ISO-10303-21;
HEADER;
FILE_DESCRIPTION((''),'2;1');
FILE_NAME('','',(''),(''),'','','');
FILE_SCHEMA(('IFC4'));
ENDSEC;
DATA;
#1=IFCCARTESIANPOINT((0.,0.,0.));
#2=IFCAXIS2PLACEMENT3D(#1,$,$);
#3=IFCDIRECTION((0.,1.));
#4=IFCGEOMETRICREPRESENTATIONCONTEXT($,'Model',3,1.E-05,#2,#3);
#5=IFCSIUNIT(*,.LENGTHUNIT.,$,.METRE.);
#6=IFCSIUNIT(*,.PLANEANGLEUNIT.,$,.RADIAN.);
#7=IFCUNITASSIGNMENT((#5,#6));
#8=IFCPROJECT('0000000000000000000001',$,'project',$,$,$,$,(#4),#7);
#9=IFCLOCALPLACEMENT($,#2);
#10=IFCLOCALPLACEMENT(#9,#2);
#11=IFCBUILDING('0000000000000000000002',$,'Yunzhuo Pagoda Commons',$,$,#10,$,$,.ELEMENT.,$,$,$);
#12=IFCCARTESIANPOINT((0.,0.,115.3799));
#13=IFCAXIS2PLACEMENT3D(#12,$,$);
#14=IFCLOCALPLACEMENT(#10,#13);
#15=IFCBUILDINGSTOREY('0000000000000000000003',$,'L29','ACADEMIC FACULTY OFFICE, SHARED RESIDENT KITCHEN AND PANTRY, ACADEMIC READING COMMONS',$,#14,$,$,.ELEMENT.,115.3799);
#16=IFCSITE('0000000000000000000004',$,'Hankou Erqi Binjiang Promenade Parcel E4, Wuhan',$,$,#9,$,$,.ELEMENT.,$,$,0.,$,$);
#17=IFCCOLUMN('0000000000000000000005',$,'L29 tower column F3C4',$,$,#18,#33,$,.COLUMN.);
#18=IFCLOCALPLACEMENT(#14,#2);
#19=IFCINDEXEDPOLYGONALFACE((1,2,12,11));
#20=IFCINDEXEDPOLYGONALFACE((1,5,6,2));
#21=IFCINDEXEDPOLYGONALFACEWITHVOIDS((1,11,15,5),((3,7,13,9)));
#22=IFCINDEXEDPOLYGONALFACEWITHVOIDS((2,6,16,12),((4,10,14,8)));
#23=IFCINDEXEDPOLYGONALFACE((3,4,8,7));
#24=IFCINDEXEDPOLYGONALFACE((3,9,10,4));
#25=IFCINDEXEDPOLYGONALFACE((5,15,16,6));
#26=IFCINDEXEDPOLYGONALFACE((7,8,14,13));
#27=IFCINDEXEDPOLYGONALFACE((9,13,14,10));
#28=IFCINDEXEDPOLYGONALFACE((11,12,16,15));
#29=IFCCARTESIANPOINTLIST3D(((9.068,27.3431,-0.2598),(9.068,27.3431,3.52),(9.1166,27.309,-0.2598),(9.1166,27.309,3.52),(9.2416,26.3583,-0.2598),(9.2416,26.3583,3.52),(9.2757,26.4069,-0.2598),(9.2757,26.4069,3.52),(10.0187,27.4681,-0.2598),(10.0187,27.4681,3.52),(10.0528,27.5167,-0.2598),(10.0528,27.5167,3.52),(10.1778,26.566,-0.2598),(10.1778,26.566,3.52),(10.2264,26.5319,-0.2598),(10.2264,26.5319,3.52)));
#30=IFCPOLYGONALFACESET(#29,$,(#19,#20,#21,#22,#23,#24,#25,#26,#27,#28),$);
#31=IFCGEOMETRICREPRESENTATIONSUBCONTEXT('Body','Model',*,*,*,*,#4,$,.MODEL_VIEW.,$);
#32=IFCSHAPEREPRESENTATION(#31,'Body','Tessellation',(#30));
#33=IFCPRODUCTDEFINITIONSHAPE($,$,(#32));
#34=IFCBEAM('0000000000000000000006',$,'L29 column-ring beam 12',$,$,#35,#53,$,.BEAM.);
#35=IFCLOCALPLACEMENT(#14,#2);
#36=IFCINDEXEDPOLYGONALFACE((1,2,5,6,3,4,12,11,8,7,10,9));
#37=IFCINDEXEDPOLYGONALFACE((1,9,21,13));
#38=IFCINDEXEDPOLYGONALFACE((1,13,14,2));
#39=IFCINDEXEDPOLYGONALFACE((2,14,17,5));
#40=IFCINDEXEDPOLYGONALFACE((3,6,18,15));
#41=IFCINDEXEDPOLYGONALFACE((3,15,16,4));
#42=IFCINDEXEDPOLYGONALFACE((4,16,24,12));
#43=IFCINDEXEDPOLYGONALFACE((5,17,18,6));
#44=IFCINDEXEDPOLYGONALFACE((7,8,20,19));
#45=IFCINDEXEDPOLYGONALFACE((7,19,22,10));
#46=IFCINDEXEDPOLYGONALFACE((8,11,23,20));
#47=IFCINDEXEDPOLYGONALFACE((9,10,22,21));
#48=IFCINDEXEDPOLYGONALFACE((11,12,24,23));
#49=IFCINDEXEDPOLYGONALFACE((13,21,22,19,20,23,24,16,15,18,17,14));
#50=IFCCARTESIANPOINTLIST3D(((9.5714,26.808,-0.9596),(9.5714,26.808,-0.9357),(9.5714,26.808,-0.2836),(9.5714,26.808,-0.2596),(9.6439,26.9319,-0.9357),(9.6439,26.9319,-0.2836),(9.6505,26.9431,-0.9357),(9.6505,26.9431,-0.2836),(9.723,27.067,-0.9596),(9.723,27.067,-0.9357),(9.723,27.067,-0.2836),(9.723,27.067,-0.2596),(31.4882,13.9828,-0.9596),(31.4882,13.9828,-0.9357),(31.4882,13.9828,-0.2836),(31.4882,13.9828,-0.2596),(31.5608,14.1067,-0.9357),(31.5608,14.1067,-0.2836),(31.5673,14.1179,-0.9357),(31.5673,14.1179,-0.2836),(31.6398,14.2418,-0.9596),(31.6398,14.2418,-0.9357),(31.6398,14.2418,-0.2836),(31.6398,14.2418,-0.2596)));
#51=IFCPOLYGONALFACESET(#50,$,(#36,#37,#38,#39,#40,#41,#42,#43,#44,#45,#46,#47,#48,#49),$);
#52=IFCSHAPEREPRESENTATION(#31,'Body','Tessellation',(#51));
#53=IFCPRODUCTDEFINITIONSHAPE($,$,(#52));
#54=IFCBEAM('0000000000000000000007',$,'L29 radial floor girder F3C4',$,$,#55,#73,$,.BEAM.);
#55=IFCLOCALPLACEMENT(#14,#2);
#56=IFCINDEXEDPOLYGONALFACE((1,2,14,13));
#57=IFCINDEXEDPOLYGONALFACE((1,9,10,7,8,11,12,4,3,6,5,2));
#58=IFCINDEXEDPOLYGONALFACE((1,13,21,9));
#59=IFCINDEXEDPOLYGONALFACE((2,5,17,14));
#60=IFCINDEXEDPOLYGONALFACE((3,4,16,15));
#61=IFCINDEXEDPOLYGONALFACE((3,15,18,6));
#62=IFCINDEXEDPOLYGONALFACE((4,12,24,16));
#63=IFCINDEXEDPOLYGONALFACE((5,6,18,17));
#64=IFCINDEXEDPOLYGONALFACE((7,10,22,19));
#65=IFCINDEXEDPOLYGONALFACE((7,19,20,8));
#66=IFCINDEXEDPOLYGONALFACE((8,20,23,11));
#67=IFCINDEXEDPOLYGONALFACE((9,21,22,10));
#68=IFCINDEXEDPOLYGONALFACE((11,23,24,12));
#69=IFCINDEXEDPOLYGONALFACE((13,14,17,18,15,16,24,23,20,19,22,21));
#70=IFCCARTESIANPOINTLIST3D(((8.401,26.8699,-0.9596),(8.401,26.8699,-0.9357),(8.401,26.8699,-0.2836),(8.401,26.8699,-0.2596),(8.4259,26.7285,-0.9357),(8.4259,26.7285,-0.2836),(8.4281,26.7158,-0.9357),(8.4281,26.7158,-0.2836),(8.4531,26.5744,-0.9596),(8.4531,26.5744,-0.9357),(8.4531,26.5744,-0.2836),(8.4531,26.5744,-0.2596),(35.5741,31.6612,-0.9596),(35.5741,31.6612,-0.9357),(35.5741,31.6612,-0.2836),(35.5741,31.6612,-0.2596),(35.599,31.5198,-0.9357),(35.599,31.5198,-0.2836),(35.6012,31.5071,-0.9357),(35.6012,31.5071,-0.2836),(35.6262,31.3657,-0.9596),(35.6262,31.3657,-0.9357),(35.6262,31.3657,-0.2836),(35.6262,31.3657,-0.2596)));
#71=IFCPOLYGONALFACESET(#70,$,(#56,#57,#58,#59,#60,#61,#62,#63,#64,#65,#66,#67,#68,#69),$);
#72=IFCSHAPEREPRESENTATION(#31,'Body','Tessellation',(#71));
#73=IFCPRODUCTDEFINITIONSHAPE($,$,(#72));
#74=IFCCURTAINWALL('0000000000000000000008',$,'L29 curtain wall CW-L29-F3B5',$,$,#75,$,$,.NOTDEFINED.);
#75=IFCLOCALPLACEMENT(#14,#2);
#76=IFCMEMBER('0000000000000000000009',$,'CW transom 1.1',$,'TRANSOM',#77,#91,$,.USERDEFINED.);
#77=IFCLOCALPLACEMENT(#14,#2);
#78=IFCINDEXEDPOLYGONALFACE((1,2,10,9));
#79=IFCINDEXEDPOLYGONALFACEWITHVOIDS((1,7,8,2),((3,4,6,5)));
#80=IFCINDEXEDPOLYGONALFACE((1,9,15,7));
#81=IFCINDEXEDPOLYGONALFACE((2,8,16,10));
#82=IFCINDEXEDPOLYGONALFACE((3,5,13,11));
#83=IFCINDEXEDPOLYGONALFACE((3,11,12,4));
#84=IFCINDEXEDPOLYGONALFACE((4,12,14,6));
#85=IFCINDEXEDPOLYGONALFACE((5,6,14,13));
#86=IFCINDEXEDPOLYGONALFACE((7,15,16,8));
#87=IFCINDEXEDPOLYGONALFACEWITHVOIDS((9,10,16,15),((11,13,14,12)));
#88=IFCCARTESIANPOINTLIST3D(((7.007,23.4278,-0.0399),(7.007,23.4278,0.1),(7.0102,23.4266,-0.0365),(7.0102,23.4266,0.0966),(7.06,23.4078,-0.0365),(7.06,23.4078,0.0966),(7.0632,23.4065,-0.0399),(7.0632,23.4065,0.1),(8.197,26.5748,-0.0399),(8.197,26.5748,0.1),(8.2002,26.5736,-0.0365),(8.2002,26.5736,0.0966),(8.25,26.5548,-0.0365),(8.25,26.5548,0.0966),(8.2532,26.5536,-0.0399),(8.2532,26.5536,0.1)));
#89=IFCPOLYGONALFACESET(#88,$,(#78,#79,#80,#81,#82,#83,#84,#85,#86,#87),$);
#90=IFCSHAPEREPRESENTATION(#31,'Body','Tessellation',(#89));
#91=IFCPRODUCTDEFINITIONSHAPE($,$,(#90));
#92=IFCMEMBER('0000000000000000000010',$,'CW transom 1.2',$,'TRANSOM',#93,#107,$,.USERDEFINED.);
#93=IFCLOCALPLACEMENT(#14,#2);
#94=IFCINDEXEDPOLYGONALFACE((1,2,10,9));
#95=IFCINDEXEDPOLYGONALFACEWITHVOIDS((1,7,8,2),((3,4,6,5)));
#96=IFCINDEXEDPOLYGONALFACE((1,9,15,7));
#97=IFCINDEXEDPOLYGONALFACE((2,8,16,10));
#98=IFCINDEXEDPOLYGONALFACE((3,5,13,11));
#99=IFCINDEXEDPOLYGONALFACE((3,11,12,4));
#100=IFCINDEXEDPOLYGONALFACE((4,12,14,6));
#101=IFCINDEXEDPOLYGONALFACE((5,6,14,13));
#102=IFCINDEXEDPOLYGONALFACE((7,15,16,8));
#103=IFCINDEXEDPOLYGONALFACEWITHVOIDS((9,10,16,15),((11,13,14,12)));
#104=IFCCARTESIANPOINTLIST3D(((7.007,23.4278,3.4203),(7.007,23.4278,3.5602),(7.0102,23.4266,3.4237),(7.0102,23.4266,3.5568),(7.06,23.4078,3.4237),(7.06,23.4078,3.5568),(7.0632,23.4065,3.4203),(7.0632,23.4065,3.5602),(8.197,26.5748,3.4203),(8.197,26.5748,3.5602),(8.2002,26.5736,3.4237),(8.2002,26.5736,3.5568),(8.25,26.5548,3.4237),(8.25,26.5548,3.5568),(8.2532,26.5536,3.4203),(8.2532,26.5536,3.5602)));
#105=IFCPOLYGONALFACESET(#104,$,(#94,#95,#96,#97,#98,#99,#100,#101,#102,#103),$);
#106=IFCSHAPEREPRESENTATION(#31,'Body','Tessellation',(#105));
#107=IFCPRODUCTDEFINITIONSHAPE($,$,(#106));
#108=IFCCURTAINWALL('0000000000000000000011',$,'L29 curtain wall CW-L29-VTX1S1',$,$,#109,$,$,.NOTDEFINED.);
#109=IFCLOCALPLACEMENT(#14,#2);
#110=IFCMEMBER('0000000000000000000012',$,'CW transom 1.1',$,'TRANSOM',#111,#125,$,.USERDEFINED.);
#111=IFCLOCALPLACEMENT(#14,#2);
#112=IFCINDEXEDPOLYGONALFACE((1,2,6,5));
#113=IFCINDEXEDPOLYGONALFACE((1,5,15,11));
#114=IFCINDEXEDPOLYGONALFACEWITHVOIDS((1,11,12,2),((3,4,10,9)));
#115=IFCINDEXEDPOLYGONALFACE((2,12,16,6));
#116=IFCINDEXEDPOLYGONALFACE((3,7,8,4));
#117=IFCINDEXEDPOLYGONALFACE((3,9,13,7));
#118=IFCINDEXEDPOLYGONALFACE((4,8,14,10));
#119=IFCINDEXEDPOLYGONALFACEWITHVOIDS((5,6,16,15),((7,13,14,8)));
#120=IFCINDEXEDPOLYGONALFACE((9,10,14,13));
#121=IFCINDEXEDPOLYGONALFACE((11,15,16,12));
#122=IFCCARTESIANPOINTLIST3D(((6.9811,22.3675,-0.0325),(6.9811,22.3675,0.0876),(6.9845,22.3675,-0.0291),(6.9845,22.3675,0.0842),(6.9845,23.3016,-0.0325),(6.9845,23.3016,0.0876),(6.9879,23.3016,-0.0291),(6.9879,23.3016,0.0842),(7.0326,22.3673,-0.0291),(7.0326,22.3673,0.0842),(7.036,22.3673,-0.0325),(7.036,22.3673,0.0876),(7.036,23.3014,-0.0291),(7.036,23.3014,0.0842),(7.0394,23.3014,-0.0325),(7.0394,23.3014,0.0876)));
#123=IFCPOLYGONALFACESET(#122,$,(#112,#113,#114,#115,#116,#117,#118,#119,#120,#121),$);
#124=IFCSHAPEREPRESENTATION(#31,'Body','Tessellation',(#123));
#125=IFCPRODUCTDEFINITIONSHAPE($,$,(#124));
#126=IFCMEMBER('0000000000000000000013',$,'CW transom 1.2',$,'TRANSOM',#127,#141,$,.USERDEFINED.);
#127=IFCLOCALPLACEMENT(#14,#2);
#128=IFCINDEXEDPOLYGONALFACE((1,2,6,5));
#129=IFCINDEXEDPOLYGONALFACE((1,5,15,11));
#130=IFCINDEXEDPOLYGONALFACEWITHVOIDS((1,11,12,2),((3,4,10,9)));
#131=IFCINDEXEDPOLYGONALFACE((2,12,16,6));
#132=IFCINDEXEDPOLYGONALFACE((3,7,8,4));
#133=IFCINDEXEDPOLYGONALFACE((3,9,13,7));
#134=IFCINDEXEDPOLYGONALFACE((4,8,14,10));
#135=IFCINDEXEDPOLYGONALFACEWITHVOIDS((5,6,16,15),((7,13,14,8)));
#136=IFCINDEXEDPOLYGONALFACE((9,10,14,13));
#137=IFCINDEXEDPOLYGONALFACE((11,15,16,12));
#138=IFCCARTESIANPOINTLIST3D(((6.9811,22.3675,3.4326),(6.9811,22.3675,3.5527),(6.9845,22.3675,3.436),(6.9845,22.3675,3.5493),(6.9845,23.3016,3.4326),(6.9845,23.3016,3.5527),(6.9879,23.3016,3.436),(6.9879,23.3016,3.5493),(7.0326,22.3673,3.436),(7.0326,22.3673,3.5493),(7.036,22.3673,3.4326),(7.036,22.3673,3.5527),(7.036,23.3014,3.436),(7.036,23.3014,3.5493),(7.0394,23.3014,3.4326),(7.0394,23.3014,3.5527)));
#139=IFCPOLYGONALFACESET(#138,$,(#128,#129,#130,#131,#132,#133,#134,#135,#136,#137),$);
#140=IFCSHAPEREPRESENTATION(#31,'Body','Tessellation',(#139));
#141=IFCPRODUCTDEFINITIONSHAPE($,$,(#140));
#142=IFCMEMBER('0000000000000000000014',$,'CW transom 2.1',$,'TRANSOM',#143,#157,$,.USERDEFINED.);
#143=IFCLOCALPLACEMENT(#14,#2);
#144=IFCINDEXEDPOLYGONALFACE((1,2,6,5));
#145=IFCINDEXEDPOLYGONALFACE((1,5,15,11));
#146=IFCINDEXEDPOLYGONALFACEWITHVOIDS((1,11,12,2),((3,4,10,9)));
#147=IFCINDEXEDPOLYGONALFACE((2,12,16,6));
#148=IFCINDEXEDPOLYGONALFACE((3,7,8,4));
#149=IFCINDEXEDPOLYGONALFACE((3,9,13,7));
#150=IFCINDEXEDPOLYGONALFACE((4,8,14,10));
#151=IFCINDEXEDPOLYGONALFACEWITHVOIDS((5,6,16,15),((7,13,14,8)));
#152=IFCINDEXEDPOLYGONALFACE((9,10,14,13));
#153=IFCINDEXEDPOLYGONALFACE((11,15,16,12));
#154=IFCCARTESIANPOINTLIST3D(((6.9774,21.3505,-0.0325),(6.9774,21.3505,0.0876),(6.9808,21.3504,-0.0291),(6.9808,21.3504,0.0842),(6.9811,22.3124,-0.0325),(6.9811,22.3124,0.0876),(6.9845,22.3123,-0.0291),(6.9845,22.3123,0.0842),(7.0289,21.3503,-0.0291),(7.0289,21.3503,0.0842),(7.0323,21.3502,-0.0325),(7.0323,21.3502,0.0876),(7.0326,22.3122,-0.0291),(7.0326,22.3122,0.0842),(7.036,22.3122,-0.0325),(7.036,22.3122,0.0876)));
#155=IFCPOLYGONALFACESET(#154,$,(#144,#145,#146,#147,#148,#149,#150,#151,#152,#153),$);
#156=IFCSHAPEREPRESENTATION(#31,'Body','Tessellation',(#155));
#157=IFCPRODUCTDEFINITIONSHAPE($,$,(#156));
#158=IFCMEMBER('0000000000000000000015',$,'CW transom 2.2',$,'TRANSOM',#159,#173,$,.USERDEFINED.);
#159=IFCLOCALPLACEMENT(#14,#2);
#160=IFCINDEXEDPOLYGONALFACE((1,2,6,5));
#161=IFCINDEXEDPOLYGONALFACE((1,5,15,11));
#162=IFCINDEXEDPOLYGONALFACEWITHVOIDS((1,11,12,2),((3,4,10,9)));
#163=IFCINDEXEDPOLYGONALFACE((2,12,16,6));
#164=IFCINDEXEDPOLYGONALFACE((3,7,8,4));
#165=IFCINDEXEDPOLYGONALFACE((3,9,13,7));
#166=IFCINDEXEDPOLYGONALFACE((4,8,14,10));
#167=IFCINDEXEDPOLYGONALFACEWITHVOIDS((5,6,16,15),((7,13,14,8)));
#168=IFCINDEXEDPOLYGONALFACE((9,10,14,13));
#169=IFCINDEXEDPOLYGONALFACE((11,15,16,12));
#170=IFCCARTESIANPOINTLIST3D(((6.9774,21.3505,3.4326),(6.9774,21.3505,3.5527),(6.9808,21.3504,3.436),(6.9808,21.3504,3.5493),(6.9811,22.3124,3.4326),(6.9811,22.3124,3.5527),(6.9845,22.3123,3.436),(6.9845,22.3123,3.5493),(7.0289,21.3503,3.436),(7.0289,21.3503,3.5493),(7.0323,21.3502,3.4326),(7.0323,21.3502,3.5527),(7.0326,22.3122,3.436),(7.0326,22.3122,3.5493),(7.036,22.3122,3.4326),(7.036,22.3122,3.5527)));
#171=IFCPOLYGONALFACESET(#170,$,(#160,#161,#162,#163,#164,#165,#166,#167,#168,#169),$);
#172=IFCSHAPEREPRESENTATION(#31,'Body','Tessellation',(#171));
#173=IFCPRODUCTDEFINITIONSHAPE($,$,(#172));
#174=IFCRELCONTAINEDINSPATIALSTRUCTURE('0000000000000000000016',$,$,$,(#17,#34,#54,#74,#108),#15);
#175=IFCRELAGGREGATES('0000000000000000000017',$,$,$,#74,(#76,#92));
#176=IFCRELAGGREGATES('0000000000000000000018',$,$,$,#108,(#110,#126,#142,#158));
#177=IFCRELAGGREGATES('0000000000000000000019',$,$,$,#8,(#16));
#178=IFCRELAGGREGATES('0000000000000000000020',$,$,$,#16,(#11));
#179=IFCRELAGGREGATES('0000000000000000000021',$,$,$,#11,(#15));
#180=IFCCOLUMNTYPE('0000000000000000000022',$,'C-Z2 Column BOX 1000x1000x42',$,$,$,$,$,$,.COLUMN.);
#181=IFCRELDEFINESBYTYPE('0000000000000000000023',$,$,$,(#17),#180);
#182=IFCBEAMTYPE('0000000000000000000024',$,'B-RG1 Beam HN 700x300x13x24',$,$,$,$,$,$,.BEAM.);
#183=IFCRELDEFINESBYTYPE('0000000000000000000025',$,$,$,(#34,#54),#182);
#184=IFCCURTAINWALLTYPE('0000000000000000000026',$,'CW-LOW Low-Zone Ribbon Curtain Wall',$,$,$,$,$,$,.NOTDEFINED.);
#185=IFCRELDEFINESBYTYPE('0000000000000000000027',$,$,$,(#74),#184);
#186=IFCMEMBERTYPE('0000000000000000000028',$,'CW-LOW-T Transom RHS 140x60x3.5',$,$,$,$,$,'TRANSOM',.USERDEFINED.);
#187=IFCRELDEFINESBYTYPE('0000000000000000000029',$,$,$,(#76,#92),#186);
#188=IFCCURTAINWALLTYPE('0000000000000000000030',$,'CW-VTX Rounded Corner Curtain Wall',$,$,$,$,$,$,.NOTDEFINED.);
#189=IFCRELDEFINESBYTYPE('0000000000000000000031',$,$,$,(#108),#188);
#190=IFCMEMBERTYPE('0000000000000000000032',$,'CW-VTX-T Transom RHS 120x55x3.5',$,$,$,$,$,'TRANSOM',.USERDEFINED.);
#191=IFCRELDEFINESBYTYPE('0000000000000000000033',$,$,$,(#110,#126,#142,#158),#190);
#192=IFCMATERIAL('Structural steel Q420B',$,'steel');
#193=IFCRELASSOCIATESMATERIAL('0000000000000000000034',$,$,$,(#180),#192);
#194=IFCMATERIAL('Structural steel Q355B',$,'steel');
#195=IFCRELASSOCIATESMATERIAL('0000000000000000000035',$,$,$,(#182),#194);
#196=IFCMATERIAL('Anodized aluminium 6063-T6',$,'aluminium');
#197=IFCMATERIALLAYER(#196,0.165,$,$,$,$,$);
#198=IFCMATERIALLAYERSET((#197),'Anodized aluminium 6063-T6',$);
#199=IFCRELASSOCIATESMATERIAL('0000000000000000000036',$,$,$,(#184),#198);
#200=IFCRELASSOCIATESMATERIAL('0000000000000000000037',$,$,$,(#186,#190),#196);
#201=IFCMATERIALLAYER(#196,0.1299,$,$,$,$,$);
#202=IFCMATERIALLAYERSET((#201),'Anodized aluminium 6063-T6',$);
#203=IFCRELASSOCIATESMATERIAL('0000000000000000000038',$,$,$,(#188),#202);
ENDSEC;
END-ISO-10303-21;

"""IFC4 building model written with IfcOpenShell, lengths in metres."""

from ifc_helpers import new_model, si_unit, direction, frame, origin, origin_2d, place, context, subcontext, project, spatial, hollow_rectangle, i_section, extrude, source, transform, mapped, material, layer, layer_set, material_profile, profile_set, type_object, element, aggregate, save


model = new_model("IFC4")

# Units and contexts
model_context = context("Model", 3, precision=1e-05, world=origin(), true_north=direction((0.0, 1.0)))
body_context = subcontext(model_context, "Body", "Model", "MODEL_VIEW")
ifc_project = project(units=[si_unit("LENGTHUNIT", "METRE"), si_unit("PLANEANGLEUNIT", "RADIAN")], contexts=[model_context])

# Site, building, storey
site_placement = place(None, origin())
site = spatial("IfcSite", under=ifc_project, at=site_placement, Name="Hankou Erqi Binjiang Promenade Parcel E4, Wuhan", CompositionType="ELEMENT", RefElevation=0.0)
building_placement = place(site_placement, origin())
building = spatial("IfcBuilding", under=site, at=building_placement, Name="Yunzhuo Pagoda Commons", CompositionType="ELEMENT")
storey_placement = place(building_placement, frame((0.0, 0.0, 115.3799)))
storey = spatial("IfcBuildingStorey", under=building, at=storey_placement, Name="L29", Description="ACADEMIC FACULTY OFFICE, SHARED RESIDENT KITCHEN AND PANTRY, ACADEMIC READING COMMONS", CompositionType="ELEMENT", Elevation=115.3799)

# Column
ifc_material_1 = material(Name="Structural steel Q420B", Category="steel")
ifc_material_profile_1 = material_profile(ifc_material_1, hollow_rectangle(XDim=1.0, YDim=1.0, WallThickness=0.042, at=origin_2d()), Name="Structural steel Q420B")
ifc_profile_set_1 = profile_set([ifc_material_profile_1], Name="Structural steel Q420B")
column_type = type_object("IfcColumnType", Name="C-Z2 Column BOX 1000x1000x42", PredefinedType="COLUMN", material=ifc_profile_set_1)
shared_shape_1 = source(origin(), body_context, "Body", "SweptSolid", [
    extrude(hollow_rectangle(XDim=1.0, YDim=1.0, WallThickness=0.042, at=origin_2d()), origin(), (0.0, 0.0, 1.0), 3.7798),
])
column_placement = place(storey_placement, frame((9.6472, 26.9375, -0.2598), z_axis=(0.0, 0.0, 1.0), x_axis=(0.173648, -0.984808, 0.0)))
element("IfcColumn", 1, at=column_placement, inside=storey, type_object=column_type, Name="L29 tower column F3C4", PredefinedType="COLUMN", context=body_context, shape_type="MappedRepresentation", body=[
    mapped(shared_shape_1, transform((0.0, 0.0, 0.0), scale=1.0)),
])

# Beams
ifc_material_2 = material(Name="Structural steel Q355B", Category="steel")
ifc_material_profile_2 = material_profile(ifc_material_2, i_section(OverallWidth=0.3, OverallDepth=0.7, WebThickness=0.0129, FlangeThickness=0.0239, at=origin_2d()), Name="Structural steel Q355B")
ifc_profile_set_2 = profile_set([ifc_material_profile_2], Name="Structural steel Q355B")
beam_type = type_object("IfcBeamType", Name="B-RG1 Beam HN 700x300x13x24", PredefinedType="BEAM", material=ifc_profile_set_2)
shared_shape_2 = source(origin(), body_context, "Body", "SweptSolid", [
    extrude(i_section(OverallWidth=0.3, OverallDepth=0.7, WebThickness=0.0129, FlangeThickness=0.0239, at=origin_2d()), origin(), (0.0, 0.0, 1.0), 25.3936),
])
beam_1_placement = place(storey_placement, frame((9.6472, 26.9375, -0.6096), z_axis=(0.863085, -0.505058, 0.0), x_axis=(0.505058, 0.863085, 0.0)))
element("IfcBeam", 2, at=beam_1_placement, inside=storey, type_object=beam_type, Name="L29 column-ring beam 12", PredefinedType="BEAM", context=body_context, shape_type="MappedRepresentation", body=[
    mapped(shared_shape_2, transform((0.0, 0.0, 0.0), scale=1.0)),
])
shared_shape_3 = source(origin(), body_context, "Body", "SweptSolid", [
    extrude(i_section(OverallWidth=0.3, OverallDepth=0.7, WebThickness=0.0129, FlangeThickness=0.0239, at=origin_2d()), origin(), (0.0, 0.0, 1.0), 27.5923),
])
beam_2_placement = place(storey_placement, frame((8.427, 26.7222, -0.6096), z_axis=(0.984808, 0.173645, 0.0), x_axis=(-0.173645, 0.984808, 0.0)))
element("IfcBeam", 3, at=beam_2_placement, inside=storey, type_object=beam_type, Name="L29 radial floor girder F3C4", PredefinedType="BEAM", context=body_context, shape_type="MappedRepresentation", body=[
    mapped(shared_shape_3, transform((0.0, 0.0, 0.0), scale=1.0)),
])

# Curtain walls, members
ifc_material_3 = material(Name="Anodized aluminium 6063-T6", Category="aluminium")
ifc_layer_1 = layer(ifc_material_3, 0.165)
ifc_layer_set_1 = layer_set([ifc_layer_1], Name="Anodized aluminium 6063-T6")
curtain_wall_type_1 = type_object("IfcCurtainWallType", Name="CW-LOW Low-Zone Ribbon Curtain Wall", PredefinedType="NOTDEFINED", material=ifc_layer_set_1)
curtain_wall_1_placement = place(storey_placement, origin())
curtain_wall_1 = element("IfcCurtainWall", 4, at=curtain_wall_1_placement, inside=storey, type_object=curtain_wall_type_1, Name="L29 curtain wall CW-L29-F3B5", PredefinedType="NOTDEFINED")
ifc_material_profile_3 = material_profile(ifc_material_3, hollow_rectangle(XDim=0.0601, YDim=0.1399, WallThickness=0.0034, at=origin_2d()), Name="Anodized aluminium 6063-T6")
ifc_profile_set_3 = profile_set([ifc_material_profile_3], Name="Anodized aluminium 6063-T6")
member_type_1 = type_object("IfcMemberType", Name="CW-LOW-T Transom RHS 140x60x3.5", ElementType="TRANSOM", PredefinedType="USERDEFINED", material=ifc_profile_set_3)
shared_shape_4 = source(origin(), body_context, "Body", "SweptSolid", [
    extrude(hollow_rectangle(XDim=0.0601, YDim=0.1399, WallThickness=0.0034, at=origin_2d()), origin(), (0.0, 0.0, 1.0), 3.3645),
])
member_1_placement = place(storey_placement, frame((8.2251, 26.5642, 0.03), z_axis=(-0.353683, -0.935365, 0.0), x_axis=(0.935365, -0.353683, 0.0)))
member_1 = element("IfcMember", 5, at=member_1_placement, type_object=member_type_1, Name="CW transom 1.1", ObjectType="TRANSOM", PredefinedType="USERDEFINED", context=body_context, shape_type="MappedRepresentation", body=[
    mapped(shared_shape_4, transform((0.0, 0.0, 0.0), scale=1.0)),
])
member_2_placement = place(storey_placement, frame((8.2251, 26.5642, 3.4902), z_axis=(-0.353683, -0.935365, 0.0), x_axis=(0.935365, -0.353683, 0.0)))
member_2 = element("IfcMember", 6, at=member_2_placement, type_object=member_type_1, Name="CW transom 1.2", ObjectType="TRANSOM", PredefinedType="USERDEFINED", context=body_context, shape_type="MappedRepresentation", body=[
    mapped(shared_shape_4, transform((0.0, 0.0, 0.0), scale=1.0)),
])
ifc_layer_2 = layer(ifc_material_3, 0.1299)
ifc_layer_set_2 = layer_set([ifc_layer_2], Name="Anodized aluminium 6063-T6")
curtain_wall_type_2 = type_object("IfcCurtainWallType", Name="CW-VTX Rounded Corner Curtain Wall", PredefinedType="NOTDEFINED", material=ifc_layer_set_2)
curtain_wall_2_placement = place(storey_placement, origin())
curtain_wall_2 = element("IfcCurtainWall", 7, at=curtain_wall_2_placement, inside=storey, type_object=curtain_wall_type_2, Name="L29 curtain wall CW-L29-VTX1S1", PredefinedType="NOTDEFINED")
ifc_material_profile_4 = material_profile(ifc_material_3, hollow_rectangle(XDim=0.0549, YDim=0.1201, WallThickness=0.0034, at=origin_2d()), Name="Anodized aluminium 6063-T6")
ifc_profile_set_4 = profile_set([ifc_material_profile_4], Name="Anodized aluminium 6063-T6")
member_type_2 = type_object("IfcMemberType", Name="CW-VTX-T Transom RHS 120x55x3.5", ElementType="TRANSOM", PredefinedType="USERDEFINED", material=ifc_profile_set_4)
shared_shape_5 = source(origin(), body_context, "Body", "SweptSolid", [
    extrude(hollow_rectangle(XDim=0.0549, YDim=0.1201, WallThickness=0.0034, at=origin_2d()), origin(), (0.0, 0.0, 1.0), 0.9341),
])
member_3_placement = place(storey_placement, frame((7.012, 23.3015, 0.0276), z_axis=(-0.003659, -0.999993, 0.0), x_axis=(0.999993, -0.003659, 0.0)))
member_3 = element("IfcMember", 8, at=member_3_placement, type_object=member_type_2, Name="CW transom 1.1", ObjectType="TRANSOM", PredefinedType="USERDEFINED", context=body_context, shape_type="MappedRepresentation", body=[
    mapped(shared_shape_5, transform((0.0, 0.0, 0.0), scale=1.0)),
])
member_4_placement = place(storey_placement, frame((7.012, 23.3015, 3.4927), z_axis=(-0.003659, -0.999993, 0.0), x_axis=(0.999993, -0.003659, 0.0)))
member_4 = element("IfcMember", 9, at=member_4_placement, type_object=member_type_2, Name="CW transom 1.2", ObjectType="TRANSOM", PredefinedType="USERDEFINED", context=body_context, shape_type="MappedRepresentation", body=[
    mapped(shared_shape_5, transform((0.0, 0.0, 0.0), scale=1.0)),
])
shared_shape_6 = source(origin(), body_context, "Body", "SweptSolid", [
    extrude(hollow_rectangle(XDim=0.0549, YDim=0.1201, WallThickness=0.0034, at=origin_2d()), origin(), (0.0, 0.0, 1.0), 0.9619),
])
member_5_placement = place(storey_placement, frame((7.0085, 22.3123, 0.0276), z_axis=(-0.003807, -0.999993, 0.0), x_axis=(0.999993, -0.003807, 0.0)))
member_5 = element("IfcMember", 10, at=member_5_placement, type_object=member_type_2, Name="CW transom 2.1", ObjectType="TRANSOM", PredefinedType="USERDEFINED", context=body_context, shape_type="MappedRepresentation", body=[
    mapped(shared_shape_6, transform((0.0, 0.0, 0.0), scale=1.0)),
])
member_6_placement = place(storey_placement, frame((7.0085, 22.3123, 3.4927), z_axis=(-0.003807, -0.999993, 0.0), x_axis=(0.999993, -0.003807, 0.0)))
member_6 = element("IfcMember", 11, at=member_6_placement, type_object=member_type_2, Name="CW transom 2.2", ObjectType="TRANSOM", PredefinedType="USERDEFINED", context=body_context, shape_type="MappedRepresentation", body=[
    mapped(shared_shape_6, transform((0.0, 0.0, 0.0), scale=1.0)),
])

aggregate(curtain_wall_1, [member_1, member_2])
aggregate(curtain_wall_2, [member_3, member_4, member_5, member_6])

save(model, "model.ifc")
